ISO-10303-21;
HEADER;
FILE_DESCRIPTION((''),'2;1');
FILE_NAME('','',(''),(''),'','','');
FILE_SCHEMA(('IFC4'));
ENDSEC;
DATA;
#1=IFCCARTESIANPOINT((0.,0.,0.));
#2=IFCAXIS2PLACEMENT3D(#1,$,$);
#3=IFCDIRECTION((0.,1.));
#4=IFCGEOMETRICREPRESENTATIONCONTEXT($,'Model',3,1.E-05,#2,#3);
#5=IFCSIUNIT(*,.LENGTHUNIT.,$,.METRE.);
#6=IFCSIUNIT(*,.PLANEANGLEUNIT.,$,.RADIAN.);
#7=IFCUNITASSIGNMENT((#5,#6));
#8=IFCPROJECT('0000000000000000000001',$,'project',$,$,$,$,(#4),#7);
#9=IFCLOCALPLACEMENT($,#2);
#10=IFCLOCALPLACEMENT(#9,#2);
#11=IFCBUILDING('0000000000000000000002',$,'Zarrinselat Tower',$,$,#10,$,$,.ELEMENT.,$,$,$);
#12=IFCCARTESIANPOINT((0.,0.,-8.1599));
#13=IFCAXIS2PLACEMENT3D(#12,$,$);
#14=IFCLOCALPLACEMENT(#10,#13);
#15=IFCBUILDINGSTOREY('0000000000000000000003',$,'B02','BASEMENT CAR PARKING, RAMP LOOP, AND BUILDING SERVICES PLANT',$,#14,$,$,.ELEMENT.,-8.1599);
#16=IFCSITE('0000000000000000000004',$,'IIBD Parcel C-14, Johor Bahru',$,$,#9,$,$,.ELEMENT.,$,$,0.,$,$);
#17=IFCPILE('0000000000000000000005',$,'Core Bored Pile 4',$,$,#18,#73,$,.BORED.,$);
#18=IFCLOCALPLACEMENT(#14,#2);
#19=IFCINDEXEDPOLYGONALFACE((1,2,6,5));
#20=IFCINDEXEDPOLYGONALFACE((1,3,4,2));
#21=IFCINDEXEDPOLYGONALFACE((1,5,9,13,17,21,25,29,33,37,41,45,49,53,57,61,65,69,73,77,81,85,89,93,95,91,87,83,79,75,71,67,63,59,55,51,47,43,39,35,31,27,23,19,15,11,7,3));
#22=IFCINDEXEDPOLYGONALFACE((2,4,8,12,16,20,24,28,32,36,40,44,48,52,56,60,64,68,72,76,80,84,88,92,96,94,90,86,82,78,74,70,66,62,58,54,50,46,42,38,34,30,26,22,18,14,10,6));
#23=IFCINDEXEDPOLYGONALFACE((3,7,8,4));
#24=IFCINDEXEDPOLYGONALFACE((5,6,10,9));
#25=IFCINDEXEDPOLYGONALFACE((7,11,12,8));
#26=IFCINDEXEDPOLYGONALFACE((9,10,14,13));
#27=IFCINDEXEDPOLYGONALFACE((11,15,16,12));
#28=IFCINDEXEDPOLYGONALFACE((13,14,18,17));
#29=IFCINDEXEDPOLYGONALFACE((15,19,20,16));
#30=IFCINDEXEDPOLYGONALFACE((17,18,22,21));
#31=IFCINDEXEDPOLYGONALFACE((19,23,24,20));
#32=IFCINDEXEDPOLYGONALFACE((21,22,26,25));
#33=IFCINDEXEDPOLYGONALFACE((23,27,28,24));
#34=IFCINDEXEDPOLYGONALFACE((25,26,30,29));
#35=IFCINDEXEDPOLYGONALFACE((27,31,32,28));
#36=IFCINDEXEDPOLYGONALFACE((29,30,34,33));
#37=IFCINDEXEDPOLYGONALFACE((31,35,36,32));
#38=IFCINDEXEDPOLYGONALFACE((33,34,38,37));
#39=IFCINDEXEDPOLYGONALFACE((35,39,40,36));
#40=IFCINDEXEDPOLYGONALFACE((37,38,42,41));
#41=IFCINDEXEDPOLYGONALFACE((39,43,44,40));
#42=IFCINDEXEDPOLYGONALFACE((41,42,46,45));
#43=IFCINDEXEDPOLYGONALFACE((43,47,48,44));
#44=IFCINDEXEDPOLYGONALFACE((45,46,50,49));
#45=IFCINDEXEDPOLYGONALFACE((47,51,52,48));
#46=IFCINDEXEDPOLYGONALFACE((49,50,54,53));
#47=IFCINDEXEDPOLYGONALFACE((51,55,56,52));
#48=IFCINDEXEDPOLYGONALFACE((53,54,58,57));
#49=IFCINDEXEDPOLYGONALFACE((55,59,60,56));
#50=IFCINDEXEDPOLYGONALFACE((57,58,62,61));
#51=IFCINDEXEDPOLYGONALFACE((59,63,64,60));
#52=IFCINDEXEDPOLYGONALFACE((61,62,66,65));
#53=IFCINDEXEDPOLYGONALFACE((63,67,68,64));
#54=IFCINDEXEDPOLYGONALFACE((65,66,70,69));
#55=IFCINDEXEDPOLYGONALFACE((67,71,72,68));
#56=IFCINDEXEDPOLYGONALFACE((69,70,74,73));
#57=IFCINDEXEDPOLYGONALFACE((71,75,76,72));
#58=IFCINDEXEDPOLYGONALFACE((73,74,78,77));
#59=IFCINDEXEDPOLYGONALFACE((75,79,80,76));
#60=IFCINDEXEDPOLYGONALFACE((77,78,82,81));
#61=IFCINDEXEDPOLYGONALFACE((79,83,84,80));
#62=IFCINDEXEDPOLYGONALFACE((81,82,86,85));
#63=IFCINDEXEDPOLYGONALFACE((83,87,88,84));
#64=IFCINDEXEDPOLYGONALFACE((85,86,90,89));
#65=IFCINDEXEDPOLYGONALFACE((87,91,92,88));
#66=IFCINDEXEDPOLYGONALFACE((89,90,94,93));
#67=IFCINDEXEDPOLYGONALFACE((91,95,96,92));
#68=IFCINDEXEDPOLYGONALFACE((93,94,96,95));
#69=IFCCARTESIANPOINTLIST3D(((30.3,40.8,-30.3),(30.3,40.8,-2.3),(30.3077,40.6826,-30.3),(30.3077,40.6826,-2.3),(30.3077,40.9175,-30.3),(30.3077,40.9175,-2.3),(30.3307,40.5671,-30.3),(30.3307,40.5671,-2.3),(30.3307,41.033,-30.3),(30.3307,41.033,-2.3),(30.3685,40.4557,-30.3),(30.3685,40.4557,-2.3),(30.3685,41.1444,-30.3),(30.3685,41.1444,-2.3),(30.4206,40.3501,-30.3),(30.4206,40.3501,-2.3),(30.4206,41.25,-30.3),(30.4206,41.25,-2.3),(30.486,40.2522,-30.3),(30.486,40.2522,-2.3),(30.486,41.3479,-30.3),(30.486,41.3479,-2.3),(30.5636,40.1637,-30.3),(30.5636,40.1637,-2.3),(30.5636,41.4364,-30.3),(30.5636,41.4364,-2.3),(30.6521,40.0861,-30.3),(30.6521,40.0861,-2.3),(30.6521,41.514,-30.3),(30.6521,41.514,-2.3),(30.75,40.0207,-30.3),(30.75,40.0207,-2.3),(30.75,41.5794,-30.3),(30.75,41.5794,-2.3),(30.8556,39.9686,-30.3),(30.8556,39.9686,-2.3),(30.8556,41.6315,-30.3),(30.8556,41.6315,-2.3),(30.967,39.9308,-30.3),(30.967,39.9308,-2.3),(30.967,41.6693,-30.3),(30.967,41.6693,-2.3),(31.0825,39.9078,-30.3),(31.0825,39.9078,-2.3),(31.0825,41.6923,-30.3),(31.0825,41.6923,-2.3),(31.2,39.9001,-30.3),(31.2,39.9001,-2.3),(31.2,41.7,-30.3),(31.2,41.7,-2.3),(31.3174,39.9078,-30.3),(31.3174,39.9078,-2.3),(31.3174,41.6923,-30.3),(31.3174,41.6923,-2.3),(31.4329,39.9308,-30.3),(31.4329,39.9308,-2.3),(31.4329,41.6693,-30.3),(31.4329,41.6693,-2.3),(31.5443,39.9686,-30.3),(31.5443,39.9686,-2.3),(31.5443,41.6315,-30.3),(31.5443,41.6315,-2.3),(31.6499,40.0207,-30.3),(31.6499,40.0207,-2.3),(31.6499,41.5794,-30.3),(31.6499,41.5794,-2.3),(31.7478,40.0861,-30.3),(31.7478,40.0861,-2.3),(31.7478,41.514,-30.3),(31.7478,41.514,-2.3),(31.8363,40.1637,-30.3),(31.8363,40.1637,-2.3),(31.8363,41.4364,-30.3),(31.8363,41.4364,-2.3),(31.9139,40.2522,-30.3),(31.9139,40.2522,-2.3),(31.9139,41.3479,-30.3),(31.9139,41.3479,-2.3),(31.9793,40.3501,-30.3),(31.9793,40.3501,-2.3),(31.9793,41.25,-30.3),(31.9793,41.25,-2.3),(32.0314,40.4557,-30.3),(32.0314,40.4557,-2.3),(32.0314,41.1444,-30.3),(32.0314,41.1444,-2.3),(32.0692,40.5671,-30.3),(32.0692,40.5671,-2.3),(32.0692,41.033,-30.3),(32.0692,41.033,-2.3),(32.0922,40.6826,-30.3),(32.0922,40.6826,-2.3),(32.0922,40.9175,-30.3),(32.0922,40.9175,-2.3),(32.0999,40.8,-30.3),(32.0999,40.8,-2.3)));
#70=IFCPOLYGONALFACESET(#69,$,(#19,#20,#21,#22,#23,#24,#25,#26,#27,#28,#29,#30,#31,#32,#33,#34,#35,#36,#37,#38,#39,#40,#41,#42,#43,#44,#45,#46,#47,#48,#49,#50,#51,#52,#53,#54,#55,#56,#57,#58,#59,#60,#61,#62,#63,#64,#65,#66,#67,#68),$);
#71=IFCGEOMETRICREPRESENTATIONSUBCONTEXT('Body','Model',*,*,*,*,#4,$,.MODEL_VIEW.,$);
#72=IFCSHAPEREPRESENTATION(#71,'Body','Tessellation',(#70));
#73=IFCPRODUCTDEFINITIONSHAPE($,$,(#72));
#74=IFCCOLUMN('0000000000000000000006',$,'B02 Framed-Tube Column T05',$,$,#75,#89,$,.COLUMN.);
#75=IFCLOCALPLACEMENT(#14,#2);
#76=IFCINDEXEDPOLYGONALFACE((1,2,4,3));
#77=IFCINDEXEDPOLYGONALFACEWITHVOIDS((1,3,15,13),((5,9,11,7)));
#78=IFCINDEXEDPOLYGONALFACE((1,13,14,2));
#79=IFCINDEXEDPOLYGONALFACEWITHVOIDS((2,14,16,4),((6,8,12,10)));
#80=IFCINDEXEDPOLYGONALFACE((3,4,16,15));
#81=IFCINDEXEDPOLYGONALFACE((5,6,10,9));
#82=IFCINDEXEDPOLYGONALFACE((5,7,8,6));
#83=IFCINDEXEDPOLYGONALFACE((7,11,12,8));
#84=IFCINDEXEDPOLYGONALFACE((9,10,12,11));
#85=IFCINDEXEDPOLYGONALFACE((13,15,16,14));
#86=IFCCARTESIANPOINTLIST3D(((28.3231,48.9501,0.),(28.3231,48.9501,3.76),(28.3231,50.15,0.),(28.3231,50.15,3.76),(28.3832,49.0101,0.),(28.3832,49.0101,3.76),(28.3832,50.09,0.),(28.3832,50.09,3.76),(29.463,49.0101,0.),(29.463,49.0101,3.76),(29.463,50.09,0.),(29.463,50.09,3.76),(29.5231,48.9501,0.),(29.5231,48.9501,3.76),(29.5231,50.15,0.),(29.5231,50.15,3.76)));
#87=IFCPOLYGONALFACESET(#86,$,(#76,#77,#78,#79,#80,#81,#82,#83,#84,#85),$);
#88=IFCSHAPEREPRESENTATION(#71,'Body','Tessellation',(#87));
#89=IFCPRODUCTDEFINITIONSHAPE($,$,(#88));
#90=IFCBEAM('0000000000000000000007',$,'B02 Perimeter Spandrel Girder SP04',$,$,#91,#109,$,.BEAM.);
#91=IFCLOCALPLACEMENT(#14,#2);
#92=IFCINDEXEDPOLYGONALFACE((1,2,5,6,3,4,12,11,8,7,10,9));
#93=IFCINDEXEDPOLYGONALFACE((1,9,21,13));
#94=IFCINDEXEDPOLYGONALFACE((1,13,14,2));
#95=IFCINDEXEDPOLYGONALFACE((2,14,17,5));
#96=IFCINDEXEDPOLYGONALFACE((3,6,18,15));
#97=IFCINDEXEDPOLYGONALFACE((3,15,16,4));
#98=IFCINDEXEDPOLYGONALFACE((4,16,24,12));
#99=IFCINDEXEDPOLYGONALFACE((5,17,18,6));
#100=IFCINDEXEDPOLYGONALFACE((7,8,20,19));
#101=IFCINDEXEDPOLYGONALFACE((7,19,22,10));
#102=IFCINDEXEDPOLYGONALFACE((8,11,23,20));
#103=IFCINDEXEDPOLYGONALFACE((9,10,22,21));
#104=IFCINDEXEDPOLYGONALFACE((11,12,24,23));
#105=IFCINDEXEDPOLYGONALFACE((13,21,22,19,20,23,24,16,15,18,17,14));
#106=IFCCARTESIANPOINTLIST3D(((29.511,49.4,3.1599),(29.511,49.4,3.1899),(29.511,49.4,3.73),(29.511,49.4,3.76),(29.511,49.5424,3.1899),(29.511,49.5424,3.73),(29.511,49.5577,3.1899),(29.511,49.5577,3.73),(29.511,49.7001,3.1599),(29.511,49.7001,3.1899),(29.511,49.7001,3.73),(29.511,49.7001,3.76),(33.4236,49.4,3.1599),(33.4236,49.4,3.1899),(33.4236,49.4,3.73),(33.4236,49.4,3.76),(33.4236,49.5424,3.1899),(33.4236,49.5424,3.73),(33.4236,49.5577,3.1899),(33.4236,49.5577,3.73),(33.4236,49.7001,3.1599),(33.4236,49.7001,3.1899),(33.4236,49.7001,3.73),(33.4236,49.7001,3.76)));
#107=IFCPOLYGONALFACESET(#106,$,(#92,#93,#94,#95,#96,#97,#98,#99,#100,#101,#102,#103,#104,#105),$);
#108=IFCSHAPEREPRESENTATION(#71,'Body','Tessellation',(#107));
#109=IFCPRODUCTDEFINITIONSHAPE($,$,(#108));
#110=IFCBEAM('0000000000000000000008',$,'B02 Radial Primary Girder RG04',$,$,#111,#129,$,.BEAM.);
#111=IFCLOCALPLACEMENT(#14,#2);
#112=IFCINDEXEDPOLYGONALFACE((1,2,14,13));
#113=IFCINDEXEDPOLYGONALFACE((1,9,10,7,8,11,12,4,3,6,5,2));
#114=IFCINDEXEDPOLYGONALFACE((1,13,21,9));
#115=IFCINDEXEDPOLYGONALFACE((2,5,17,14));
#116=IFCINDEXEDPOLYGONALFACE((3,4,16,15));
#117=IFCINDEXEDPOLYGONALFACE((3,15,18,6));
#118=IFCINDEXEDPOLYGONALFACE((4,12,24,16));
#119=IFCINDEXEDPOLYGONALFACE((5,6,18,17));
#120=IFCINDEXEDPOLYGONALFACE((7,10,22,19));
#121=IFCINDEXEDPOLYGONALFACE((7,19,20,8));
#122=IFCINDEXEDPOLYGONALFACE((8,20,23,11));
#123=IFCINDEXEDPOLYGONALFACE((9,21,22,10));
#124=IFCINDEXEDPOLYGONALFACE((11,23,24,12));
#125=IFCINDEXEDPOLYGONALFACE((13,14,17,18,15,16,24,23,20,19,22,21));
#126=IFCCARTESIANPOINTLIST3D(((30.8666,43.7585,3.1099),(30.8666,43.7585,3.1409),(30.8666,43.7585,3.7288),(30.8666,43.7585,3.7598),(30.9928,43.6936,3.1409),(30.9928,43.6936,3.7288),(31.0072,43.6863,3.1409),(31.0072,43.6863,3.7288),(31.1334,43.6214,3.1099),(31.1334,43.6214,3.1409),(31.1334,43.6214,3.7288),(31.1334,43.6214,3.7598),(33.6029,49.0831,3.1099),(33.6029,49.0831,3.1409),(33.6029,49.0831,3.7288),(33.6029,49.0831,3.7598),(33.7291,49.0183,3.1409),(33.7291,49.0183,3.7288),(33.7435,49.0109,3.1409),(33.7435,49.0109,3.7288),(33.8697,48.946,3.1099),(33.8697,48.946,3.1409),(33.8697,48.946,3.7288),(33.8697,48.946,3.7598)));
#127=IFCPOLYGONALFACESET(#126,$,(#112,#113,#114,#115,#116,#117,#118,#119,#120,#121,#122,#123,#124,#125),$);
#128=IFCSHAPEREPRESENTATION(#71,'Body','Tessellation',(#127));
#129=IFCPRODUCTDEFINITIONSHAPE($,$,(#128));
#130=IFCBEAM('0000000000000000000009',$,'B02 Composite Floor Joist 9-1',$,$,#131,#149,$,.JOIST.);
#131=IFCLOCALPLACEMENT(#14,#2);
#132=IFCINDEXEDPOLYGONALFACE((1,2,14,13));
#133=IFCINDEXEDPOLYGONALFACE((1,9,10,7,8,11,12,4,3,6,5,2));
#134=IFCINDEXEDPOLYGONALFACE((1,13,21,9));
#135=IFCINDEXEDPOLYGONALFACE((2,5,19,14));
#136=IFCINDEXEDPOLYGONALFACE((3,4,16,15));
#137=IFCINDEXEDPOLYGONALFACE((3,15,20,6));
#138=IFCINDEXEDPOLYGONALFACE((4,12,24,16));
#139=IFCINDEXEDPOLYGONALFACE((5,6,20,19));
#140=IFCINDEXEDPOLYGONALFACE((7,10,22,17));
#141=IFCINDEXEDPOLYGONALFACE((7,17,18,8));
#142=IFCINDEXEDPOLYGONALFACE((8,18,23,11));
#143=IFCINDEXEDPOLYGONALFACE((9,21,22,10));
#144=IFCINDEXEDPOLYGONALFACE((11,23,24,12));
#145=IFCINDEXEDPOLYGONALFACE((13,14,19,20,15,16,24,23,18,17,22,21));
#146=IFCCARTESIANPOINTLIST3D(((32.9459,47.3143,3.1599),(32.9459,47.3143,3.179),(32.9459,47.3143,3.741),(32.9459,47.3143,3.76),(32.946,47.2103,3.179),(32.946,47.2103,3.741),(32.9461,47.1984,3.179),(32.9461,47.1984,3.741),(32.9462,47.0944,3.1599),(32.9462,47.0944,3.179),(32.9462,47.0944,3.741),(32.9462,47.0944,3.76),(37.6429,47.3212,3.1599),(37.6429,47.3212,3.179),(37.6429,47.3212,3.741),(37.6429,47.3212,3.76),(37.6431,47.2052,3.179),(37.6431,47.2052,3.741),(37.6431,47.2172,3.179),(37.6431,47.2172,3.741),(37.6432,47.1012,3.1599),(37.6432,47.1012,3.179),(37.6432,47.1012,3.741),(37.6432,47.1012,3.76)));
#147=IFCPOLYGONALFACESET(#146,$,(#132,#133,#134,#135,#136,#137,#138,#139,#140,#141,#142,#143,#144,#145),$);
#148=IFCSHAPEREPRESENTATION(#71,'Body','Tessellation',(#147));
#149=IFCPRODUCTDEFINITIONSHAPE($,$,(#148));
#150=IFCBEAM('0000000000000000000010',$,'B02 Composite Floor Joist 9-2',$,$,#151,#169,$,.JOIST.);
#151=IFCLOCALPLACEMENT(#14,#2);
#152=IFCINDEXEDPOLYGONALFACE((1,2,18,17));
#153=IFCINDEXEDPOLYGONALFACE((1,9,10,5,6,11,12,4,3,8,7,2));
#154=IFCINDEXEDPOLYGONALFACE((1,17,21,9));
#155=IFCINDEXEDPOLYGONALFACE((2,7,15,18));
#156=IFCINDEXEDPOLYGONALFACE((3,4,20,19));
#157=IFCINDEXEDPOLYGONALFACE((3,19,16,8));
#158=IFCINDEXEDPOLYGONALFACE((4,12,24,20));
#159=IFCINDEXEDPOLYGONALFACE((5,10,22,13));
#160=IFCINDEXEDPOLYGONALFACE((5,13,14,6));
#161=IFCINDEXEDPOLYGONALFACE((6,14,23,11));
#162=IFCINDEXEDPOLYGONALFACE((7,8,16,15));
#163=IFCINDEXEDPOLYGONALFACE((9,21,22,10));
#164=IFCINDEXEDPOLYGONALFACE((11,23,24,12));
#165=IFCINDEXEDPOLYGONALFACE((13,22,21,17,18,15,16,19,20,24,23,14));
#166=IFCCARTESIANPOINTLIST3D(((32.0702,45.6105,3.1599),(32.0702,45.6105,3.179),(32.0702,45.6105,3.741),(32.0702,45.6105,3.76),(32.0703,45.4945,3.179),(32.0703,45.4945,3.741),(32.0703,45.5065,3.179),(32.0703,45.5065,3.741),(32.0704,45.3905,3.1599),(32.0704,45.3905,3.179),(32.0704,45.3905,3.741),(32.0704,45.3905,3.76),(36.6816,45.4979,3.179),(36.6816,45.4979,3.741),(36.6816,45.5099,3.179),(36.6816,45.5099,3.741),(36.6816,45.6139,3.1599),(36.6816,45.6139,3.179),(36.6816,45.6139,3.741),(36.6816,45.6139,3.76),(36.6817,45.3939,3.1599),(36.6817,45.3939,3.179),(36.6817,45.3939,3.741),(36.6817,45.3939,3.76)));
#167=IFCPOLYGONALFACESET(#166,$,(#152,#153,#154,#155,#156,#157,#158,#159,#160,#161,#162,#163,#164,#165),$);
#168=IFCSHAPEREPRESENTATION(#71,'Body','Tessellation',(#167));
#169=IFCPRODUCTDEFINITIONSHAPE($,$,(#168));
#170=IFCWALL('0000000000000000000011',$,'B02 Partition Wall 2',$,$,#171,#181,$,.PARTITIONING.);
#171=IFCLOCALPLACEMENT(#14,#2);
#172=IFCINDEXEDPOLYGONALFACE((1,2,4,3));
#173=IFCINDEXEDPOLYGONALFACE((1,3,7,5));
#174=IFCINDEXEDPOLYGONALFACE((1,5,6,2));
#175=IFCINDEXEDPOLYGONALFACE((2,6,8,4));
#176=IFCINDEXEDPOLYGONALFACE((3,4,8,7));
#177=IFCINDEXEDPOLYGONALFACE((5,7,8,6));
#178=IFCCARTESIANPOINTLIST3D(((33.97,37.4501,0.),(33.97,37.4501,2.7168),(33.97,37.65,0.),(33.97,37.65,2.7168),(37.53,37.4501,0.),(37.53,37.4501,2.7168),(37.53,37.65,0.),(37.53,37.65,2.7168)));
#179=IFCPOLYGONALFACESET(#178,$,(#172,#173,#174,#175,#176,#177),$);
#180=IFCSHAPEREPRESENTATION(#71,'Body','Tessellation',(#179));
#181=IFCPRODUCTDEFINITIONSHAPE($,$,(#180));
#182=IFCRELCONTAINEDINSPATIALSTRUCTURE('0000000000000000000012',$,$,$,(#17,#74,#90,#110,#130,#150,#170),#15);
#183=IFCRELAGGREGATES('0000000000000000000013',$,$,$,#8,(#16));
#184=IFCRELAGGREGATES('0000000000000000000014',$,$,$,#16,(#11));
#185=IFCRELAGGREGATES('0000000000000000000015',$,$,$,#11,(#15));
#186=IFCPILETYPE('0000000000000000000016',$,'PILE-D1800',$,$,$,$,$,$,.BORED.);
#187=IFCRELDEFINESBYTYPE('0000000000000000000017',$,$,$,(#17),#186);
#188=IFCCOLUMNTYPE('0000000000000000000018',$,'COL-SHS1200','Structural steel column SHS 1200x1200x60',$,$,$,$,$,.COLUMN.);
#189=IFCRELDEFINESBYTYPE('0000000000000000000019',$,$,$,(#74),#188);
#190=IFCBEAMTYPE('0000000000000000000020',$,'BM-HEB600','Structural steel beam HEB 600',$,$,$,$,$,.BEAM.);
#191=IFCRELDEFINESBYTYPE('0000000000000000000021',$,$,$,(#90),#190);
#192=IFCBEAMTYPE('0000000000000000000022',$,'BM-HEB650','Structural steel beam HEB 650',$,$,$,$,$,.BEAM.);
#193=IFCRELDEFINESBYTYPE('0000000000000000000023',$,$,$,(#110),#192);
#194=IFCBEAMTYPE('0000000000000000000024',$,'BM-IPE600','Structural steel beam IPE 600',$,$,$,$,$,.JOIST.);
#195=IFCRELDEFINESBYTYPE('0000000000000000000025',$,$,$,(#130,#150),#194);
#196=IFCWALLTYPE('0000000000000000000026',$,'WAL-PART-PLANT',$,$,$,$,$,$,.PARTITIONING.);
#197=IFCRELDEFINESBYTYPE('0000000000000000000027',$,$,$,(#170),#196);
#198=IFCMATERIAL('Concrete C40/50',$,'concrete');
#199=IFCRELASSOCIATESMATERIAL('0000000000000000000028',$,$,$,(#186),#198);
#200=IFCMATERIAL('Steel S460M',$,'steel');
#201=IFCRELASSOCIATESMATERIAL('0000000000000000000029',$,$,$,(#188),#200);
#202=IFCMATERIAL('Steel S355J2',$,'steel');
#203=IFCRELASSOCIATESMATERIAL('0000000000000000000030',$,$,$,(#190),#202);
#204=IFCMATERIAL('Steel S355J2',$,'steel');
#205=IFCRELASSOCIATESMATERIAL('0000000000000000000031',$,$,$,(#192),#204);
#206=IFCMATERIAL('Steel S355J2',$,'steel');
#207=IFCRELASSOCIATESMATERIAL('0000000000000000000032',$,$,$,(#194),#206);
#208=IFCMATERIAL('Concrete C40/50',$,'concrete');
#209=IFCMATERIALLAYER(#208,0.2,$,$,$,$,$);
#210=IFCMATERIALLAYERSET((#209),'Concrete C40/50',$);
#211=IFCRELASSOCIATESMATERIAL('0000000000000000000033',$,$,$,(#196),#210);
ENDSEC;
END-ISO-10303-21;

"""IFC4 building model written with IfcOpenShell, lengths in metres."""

from ifc_helpers import new_model, si_unit, direction, frame, frame_2d, origin, origin_2d, place, context, subcontext, project, spatial, rectangle, hollow_rectangle, circle, i_section, extrude, material, layer, layer_set, material_profile, profile_set, type_object, element, save


model = new_model("IFC4")

# Units and contexts
model_context = context("Model", 3, precision=1e-05, world=origin(), true_north=direction((0.0, 1.0)))
body_context = subcontext(model_context, "Body", "Model", "MODEL_VIEW")
ifc_project = project(units=[si_unit("LENGTHUNIT", "METRE"), si_unit("PLANEANGLEUNIT", "RADIAN")], contexts=[model_context])

# Site, building, storey
site_placement = place(None, origin())
site = spatial("IfcSite", under=ifc_project, at=site_placement, Name="IIBD Parcel C-14, Johor Bahru", CompositionType="ELEMENT", RefElevation=0.0)
building_placement = place(site_placement, origin())
building = spatial("IfcBuilding", under=site, at=building_placement, Name="Zarrinselat Tower", CompositionType="ELEMENT")
storey_placement = place(building_placement, frame((0.0, 0.0, -8.1599)))
storey = spatial("IfcBuildingStorey", under=building, at=storey_placement, Name="B02", Description="BASEMENT CAR PARKING, RAMP LOOP, AND BUILDING SERVICES PLANT", CompositionType="ELEMENT", Elevation=-8.1599)

# Pile
ifc_material_1 = material(Name="Concrete C40/50", Category="concrete")
ifc_material_profile_1 = material_profile(ifc_material_1, circle(Radius=0.8999, at=origin_2d()), Name="BORED PILE D1800")
ifc_profile_set_1 = profile_set([ifc_material_profile_1], Name="Concrete C40/50")
pile_type_1 = type_object("IfcPileType", Name="PILE-D1800", PredefinedType="BORED", material=ifc_profile_set_1)
for number, where, z_axis, x_axis, name in (
    (1, (31.2, 40.8, -2.3), (0.0, 0.0, -1.0), (1.0, 0.0, 0.0), "Core Bored Pile 4"),
):
    element("IfcPile", number, at=place(storey_placement, frame(where, z_axis=z_axis, x_axis=x_axis)), inside=storey, type_object=pile_type_1, Name=name, PredefinedType="BORED", context=body_context, shape_type="SweptSolid", body=[
        extrude(circle(Radius=0.8999, at=origin_2d()), origin(), (0.0, 0.0, 1.0), 28.0),
    ])

# Column
ifc_material_2 = material(Name="Steel S460M", Category="steel")
ifc_material_profile_2 = material_profile(ifc_material_2, hollow_rectangle(XDim=1.2, YDim=1.2, WallThickness=0.0601, at=origin_2d()), Name="SHS 1200x1200x60")
ifc_profile_set_2 = profile_set([ifc_material_profile_2], Name="Steel S460M")
column_type = type_object("IfcColumnType", Name="COL-SHS1200", Description="Structural steel column SHS 1200x1200x60", PredefinedType="COLUMN", material=ifc_profile_set_2)
column_placement = place(storey_placement, frame((28.9231, 49.55, 0.0), z_axis=(0.0, 0.0, 1.0), x_axis=(1.0, 0.0, 0.0)))
element("IfcColumn", 2, at=column_placement, inside=storey, type_object=column_type, Name="B02 Framed-Tube Column T05", PredefinedType="COLUMN", context=body_context, shape_type="SweptSolid", body=[
    extrude(hollow_rectangle(XDim=1.2, YDim=1.2, WallThickness=0.0601, at=origin_2d()), origin(), (0.0, 0.0, 1.0), 3.76),
])

# Beams
ifc_material_3 = material(Name="Steel S355J2", Category="steel")
ifc_material_profile_3 = material_profile(ifc_material_3, i_section(OverallWidth=0.3, OverallDepth=0.6001, WebThickness=0.0154, FlangeThickness=0.03, at=origin_2d()), Name="HEB 600")
ifc_profile_set_3 = profile_set([ifc_material_profile_3], Name="Steel S355J2")
beam_type_1 = type_object("IfcBeamType", Name="BM-HEB600", Description="Structural steel beam HEB 600", PredefinedType="BEAM", material=ifc_profile_set_3)
beam_1_placement = place(storey_placement, frame((29.511, 49.55, 3.46), z_axis=(1.0, 0.0, 0.0), x_axis=(0.0, 1.0, 0.0)))
element("IfcBeam", 3, at=beam_1_placement, inside=storey, type_object=beam_type_1, Name="B02 Perimeter Spandrel Girder SP04", PredefinedType="BEAM", context=body_context, shape_type="SweptSolid", body=[
    extrude(i_section(OverallWidth=0.3, OverallDepth=0.6001, WebThickness=0.0154, FlangeThickness=0.03, at=origin_2d()), origin(), (0.0, 0.0, 1.0), 3.9126),
])
ifc_material_4 = material(Name="Steel S355J2", Category="steel")
ifc_material_profile_4 = material_profile(ifc_material_4, i_section(OverallWidth=0.3, OverallDepth=0.6499, WebThickness=0.0161, FlangeThickness=0.031, at=origin_2d()), Name="HEB 650")
ifc_profile_set_4 = profile_set([ifc_material_profile_4], Name="Steel S355J2")
beam_type_2 = type_object("IfcBeamType", Name="BM-HEB650", Description="Structural steel beam HEB 650", PredefinedType="BEAM", material=ifc_profile_set_4)
beam_2_placement = place(storey_placement, frame((31.0, 43.6899, 3.4348), z_axis=(0.457072, 0.88943, 0.0), x_axis=(-0.88943, 0.457072, 0.0)))
element("IfcBeam", 4, at=beam_2_placement, inside=storey, type_object=beam_type_2, Name="B02 Radial Primary Girder RG04", PredefinedType="BEAM", context=body_context, shape_type="SweptSolid", body=[
    extrude(i_section(OverallWidth=0.3, OverallDepth=0.6499, WebThickness=0.0161, FlangeThickness=0.031, at=origin_2d()), origin(), (0.0, 0.0, 1.0), 5.9866),
])
ifc_material_5 = material(Name="Steel S355J2", Category="steel")
ifc_material_profile_5 = material_profile(ifc_material_5, i_section(OverallWidth=0.22, OverallDepth=0.6001, WebThickness=0.012, FlangeThickness=0.019, at=origin_2d()), Name="IPE 600")
ifc_profile_set_5 = profile_set([ifc_material_profile_5], Name="Steel S355J2")
beam_type_3 = type_object("IfcBeamType", Name="BM-IPE600", Description="Structural steel beam IPE 600", PredefinedType="JOIST", material=ifc_profile_set_5)
beam_3_placement = place(storey_placement, frame((32.946, 47.2043, 3.46), z_axis=(0.999999, 0.001455, 0.0), x_axis=(-0.001455, 0.999999, 0.0)))
element("IfcBeam", 5, at=beam_3_placement, inside=storey, type_object=beam_type_3, Name="B02 Composite Floor Joist 9-1", PredefinedType="JOIST", context=body_context, shape_type="SweptSolid", body=[
    extrude(i_section(OverallWidth=0.22, OverallDepth=0.6001, WebThickness=0.012, FlangeThickness=0.019, at=origin_2d()), origin(), (0.0, 0.0, 1.0), 4.697),
])
beam_4_placement = place(storey_placement, frame((32.0703, 45.5005, 3.46), z_axis=(1.0, 0.000741, 0.0), x_axis=(-0.000741, 1.0, 0.0)))
element("IfcBeam", 6, at=beam_4_placement, inside=storey, type_object=beam_type_3, Name="B02 Composite Floor Joist 9-2", PredefinedType="JOIST", context=body_context, shape_type="SweptSolid", body=[
    extrude(i_section(OverallWidth=0.22, OverallDepth=0.6001, WebThickness=0.012, FlangeThickness=0.019, at=origin_2d()), origin(), (0.0, 0.0, 1.0), 4.6113),
])

# Wall
ifc_material_6 = material(Name="Concrete C40/50", Category="concrete")
ifc_layer_1 = layer(ifc_material_6, 0.2)
ifc_layer_set_1 = layer_set([ifc_layer_1], Name="Concrete C40/50")
wall_type_1 = type_object("IfcWallType", Name="WAL-PART-PLANT", PredefinedType="PARTITIONING", material=ifc_layer_set_1)
wall_1_placement = place(storey_placement, frame((33.97, 37.55, 0.0), z_axis=(0.0, 0.0, 1.0), x_axis=(1.0, 0.0, 0.0)))
element("IfcWall", 7, at=wall_1_placement, inside=storey, type_object=wall_type_1, Name="B02 Partition Wall 2", PredefinedType="PARTITIONING", context=body_context, shape_type="SweptSolid", body=[
    extrude(rectangle(XDim=3.5601, YDim=0.2, at=frame_2d((1.78, 0.0))), origin(), (0.0, 0.0, 1.0), 2.7168),
])

save(model, "model.ifc")
